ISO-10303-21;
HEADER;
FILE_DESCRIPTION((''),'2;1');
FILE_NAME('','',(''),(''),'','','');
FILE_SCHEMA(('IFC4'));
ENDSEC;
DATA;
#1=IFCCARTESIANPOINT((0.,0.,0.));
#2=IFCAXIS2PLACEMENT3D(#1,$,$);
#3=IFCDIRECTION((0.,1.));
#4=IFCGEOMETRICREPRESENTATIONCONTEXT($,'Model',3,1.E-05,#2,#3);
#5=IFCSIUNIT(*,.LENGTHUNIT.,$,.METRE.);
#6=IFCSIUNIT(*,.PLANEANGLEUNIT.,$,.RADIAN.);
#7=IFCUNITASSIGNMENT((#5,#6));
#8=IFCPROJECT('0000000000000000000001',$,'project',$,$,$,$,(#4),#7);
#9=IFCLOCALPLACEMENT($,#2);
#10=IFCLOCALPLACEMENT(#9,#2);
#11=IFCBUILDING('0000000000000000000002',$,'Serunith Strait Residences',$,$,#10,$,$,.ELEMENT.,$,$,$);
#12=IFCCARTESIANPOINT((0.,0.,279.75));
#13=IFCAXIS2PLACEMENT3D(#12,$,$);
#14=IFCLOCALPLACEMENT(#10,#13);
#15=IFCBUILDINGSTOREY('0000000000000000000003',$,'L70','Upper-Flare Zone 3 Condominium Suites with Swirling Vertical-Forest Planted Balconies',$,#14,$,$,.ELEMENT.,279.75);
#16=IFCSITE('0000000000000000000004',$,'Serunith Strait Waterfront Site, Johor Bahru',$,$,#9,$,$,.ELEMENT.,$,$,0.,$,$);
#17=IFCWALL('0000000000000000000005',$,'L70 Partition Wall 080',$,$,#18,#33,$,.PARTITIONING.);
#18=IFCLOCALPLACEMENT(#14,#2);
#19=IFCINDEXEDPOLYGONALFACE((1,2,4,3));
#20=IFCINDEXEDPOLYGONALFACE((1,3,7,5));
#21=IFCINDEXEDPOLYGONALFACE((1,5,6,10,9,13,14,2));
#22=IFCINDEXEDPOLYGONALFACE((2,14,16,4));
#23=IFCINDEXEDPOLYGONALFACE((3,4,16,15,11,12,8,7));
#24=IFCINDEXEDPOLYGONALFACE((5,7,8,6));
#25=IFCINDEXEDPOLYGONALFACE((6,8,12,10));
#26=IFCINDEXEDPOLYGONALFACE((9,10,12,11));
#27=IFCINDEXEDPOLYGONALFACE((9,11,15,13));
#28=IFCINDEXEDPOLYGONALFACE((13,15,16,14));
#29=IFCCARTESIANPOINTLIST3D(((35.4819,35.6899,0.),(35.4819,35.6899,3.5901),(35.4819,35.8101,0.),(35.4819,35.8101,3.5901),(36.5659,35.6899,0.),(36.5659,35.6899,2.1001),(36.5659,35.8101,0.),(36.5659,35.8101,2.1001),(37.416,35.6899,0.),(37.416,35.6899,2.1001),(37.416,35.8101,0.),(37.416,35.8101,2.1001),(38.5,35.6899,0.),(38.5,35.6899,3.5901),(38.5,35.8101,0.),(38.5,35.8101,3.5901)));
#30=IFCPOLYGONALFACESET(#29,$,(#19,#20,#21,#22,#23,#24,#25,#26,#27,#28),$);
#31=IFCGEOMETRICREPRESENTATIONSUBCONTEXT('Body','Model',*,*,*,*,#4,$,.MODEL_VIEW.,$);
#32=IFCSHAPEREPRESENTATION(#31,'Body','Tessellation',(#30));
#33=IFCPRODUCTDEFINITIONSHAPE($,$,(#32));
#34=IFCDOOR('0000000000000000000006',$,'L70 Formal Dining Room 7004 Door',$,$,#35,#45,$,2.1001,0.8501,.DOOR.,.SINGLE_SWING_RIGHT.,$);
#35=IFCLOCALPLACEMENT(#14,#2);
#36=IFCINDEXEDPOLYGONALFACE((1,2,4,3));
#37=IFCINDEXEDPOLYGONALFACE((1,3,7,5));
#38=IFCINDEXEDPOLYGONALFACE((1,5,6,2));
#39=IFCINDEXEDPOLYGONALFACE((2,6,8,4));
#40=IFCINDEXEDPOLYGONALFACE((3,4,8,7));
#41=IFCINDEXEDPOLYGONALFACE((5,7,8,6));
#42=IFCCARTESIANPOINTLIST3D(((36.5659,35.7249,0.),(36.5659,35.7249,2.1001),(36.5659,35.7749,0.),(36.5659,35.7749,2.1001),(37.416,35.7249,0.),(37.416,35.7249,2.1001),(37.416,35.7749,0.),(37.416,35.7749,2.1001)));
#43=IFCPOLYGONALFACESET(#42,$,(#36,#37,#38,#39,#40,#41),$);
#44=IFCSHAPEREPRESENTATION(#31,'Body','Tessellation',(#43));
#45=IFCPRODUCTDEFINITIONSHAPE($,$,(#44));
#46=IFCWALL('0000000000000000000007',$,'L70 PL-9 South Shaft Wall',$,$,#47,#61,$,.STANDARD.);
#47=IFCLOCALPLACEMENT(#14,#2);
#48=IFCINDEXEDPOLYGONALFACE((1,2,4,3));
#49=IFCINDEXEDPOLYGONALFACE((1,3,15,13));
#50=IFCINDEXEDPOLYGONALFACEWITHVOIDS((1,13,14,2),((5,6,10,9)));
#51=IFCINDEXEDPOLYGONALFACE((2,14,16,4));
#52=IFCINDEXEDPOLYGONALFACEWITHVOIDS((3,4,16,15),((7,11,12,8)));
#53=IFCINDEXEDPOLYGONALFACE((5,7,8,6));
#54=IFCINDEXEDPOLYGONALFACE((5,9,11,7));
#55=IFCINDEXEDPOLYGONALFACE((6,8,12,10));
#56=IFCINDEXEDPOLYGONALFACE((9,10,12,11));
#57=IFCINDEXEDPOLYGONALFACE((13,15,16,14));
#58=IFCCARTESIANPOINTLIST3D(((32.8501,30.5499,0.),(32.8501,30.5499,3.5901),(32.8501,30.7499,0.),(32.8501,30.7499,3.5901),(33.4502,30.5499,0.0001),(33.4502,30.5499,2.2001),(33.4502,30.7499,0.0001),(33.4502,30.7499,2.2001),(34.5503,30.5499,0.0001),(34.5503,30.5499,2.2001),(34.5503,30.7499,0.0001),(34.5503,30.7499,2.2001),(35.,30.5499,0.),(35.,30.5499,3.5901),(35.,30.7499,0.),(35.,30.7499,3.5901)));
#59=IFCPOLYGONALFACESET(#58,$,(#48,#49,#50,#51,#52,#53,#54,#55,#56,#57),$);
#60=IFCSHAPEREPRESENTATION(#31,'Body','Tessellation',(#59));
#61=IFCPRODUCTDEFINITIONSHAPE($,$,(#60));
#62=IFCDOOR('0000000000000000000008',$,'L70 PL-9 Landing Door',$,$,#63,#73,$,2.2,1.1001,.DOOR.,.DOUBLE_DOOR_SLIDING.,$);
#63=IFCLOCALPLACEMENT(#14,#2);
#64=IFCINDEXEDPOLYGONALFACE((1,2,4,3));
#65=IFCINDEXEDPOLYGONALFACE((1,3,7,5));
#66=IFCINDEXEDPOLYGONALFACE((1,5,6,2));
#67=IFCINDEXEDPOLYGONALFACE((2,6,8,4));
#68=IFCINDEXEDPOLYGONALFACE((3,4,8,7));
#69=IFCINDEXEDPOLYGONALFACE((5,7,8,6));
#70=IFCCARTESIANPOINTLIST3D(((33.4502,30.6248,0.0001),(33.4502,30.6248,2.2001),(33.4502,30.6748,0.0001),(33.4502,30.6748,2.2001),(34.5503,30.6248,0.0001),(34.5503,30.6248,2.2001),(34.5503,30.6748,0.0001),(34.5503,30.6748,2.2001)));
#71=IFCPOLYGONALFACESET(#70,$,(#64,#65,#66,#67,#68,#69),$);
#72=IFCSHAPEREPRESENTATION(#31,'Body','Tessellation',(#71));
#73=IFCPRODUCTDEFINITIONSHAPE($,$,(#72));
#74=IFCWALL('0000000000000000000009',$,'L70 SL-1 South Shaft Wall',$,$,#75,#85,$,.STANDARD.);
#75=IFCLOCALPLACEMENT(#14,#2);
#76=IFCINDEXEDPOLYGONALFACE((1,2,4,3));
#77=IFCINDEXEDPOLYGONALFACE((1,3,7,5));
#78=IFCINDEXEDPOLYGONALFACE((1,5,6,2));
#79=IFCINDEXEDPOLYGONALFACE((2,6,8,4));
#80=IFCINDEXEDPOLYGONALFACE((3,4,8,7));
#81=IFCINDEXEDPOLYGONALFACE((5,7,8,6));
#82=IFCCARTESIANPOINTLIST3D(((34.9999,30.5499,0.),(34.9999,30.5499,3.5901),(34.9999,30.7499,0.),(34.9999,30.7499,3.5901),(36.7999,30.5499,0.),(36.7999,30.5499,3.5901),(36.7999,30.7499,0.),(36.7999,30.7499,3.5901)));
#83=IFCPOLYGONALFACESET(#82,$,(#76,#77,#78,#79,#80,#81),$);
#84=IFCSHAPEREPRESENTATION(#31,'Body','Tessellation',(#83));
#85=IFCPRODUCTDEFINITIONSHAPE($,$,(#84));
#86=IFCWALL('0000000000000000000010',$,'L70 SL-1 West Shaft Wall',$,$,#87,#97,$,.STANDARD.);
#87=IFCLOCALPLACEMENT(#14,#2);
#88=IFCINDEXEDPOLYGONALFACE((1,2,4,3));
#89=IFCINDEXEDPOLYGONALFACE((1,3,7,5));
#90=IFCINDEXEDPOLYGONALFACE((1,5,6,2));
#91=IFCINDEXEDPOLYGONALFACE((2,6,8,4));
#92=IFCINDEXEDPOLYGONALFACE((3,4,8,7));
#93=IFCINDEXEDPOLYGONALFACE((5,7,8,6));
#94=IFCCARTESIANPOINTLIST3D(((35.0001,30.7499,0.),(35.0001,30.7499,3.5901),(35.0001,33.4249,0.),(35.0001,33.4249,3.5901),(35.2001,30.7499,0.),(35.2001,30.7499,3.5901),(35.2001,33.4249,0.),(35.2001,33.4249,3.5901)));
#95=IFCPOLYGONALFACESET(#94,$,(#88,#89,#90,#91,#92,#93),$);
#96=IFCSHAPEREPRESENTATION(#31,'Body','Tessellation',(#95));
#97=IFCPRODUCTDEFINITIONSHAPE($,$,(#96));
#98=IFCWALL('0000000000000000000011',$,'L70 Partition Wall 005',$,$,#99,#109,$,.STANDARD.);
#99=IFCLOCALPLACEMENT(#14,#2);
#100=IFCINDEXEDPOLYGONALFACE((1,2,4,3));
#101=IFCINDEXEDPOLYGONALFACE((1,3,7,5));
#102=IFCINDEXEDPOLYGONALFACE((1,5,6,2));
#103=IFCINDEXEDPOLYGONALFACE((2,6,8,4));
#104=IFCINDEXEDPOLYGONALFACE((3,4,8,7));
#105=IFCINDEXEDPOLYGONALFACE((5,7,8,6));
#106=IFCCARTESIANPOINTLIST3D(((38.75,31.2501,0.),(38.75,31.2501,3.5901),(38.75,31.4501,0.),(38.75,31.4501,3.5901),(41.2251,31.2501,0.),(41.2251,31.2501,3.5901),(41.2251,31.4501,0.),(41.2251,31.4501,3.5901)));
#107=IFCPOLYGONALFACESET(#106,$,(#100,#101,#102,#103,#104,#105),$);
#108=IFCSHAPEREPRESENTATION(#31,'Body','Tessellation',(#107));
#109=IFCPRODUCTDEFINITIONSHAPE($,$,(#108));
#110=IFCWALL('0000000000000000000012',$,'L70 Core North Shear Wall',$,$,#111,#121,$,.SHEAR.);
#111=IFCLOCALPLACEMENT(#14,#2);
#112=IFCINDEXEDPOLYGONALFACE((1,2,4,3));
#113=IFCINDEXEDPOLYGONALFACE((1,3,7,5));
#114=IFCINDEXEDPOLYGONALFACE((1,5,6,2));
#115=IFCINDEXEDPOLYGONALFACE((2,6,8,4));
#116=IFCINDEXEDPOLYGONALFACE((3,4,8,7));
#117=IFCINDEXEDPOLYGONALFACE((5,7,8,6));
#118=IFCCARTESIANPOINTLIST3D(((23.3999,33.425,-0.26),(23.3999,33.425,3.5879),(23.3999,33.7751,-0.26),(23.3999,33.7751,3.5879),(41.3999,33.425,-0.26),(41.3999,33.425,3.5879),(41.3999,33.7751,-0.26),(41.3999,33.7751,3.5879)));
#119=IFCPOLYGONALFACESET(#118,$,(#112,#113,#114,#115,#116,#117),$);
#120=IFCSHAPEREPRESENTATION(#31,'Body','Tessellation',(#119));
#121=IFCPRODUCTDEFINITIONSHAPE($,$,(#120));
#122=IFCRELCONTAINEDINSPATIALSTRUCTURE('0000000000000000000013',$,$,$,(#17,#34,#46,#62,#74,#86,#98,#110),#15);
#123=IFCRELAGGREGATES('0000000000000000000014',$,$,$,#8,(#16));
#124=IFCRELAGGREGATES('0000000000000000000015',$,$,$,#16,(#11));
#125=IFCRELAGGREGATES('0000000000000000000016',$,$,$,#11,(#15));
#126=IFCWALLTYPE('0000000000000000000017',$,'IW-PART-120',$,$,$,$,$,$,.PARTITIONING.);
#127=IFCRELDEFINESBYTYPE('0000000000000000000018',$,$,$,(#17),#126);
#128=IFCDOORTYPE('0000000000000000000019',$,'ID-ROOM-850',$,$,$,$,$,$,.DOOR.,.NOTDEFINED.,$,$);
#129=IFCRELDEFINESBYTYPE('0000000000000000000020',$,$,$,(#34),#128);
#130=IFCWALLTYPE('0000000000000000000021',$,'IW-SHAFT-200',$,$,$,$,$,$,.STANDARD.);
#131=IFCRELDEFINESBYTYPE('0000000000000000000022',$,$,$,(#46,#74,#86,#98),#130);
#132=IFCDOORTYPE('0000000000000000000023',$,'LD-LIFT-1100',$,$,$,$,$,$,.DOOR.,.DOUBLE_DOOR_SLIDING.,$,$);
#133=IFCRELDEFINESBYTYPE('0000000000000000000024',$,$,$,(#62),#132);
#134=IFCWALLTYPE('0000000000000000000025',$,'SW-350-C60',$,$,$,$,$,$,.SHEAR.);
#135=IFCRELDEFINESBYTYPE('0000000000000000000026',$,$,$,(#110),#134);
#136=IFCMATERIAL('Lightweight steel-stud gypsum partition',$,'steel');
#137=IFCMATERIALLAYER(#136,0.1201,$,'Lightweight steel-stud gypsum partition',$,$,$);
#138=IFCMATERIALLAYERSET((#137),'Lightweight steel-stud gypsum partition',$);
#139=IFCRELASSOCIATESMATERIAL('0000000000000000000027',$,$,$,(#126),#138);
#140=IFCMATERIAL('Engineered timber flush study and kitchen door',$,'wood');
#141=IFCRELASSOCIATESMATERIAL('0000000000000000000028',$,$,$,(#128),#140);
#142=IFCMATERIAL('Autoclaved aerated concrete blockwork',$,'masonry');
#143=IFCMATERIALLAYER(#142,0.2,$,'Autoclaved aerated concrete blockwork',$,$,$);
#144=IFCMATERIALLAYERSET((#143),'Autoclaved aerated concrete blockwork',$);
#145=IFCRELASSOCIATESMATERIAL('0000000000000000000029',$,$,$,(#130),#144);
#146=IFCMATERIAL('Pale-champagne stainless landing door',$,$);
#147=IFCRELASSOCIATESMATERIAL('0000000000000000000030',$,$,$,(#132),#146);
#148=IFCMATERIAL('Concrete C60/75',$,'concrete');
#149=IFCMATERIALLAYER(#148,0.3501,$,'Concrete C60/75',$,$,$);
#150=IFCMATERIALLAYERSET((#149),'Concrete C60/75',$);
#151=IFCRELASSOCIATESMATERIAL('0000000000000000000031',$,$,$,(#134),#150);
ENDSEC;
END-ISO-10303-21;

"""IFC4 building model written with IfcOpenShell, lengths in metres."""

from ifc_helpers import new_model, si_unit, direction, frame, frame_2d, origin, place, context, subcontext, project, spatial, rectangle, extrude, source, transform, mapped, material, layer, layer_set, type_object, element, fill, save


model = new_model("IFC4")

# Units and contexts
model_context = context("Model", 3, precision=1e-05, world=origin(), true_north=direction((0.0, 1.0)))
body_context = subcontext(model_context, "Body", "Model", "MODEL_VIEW")
ifc_project = project(units=[si_unit("LENGTHUNIT", "METRE"), si_unit("PLANEANGLEUNIT", "RADIAN")], contexts=[model_context])

# Site, building, storey
site_placement = place(None, origin())
site = spatial("IfcSite", under=ifc_project, at=site_placement, Name="Serunith Strait Waterfront Site, Johor Bahru", CompositionType="ELEMENT", RefElevation=0.0)
building_placement = place(site_placement, origin())
building = spatial("IfcBuilding", under=site, at=building_placement, Name="Serunith Strait Residences", CompositionType="ELEMENT")
storey_placement = place(building_placement, frame((0.0, 0.0, 279.75)))
storey = spatial("IfcBuildingStorey", under=building, at=storey_placement, Name="L70", Description="Upper-Flare Zone 3 Condominium Suites with Swirling Vertical-Forest Planted Balconies", CompositionType="ELEMENT", Elevation=279.75)

# Walls, openings, doors
shared_shape_1 = source(origin(), body_context, "Body", "SweptSolid", [
    extrude(rectangle(XDim=0.8501, YDim=2.1001, at=frame_2d((0.425, 1.05))), frame((0.0, 0.0249, 0.0), z_axis=(0.0, -1.0, 0.0), x_axis=(1.0, 0.0, 0.0)), (0.0, 0.0, 1.0), 0.05),
])
ifc_material_1 = material(Name="Lightweight steel-stud gypsum partition", Category="steel")
ifc_layer_1 = layer(ifc_material_1, 0.1201, Name="Lightweight steel-stud gypsum partition")
ifc_layer_set_1 = layer_set([ifc_layer_1], Name="Lightweight steel-stud gypsum partition")
wall_type_1 = type_object("IfcWallType", Name="IW-PART-120", PredefinedType="PARTITIONING", material=ifc_layer_set_1)
wall_1_placement = place(storey_placement, frame((35.4819, 35.75, 0.0), z_axis=(0.0, 0.0, 1.0), x_axis=(1.0, 0.0, 0.0)))
wall_1 = element("IfcWall", 1, at=wall_1_placement, inside=storey, type_object=wall_type_1, Name="L70 Partition Wall 080", PredefinedType="PARTITIONING", context=body_context, shape_type="SweptSolid", body=[
    extrude(rectangle(XDim=3.0181, YDim=0.1201, at=frame_2d((1.509, 0.0))), origin(), (0.0, 0.0, 1.0), 3.5901),
])
opening_1_placement = place(wall_1_placement, frame((1.084, 0.0, 0.0)))
opening_1 = element("IfcOpeningElement", 2, at=opening_1_placement, cuts=wall_1, PredefinedType="OPENING", context=body_context, shape_type="SweptSolid", body=[
    extrude(rectangle(XDim=0.8501, YDim=2.1001, at=frame_2d((0.425, 1.05))), frame((0.0, 0.0701, 0.0), z_axis=(0.0, -1.0, 0.0), x_axis=(1.0, 0.0, 0.0)), (0.0, 0.0, 1.0), 0.1401),
])
ifc_material_2 = material(Name="Engineered timber flush study and kitchen door", Category="wood")
door_type_1 = type_object("IfcDoorType", Name="ID-ROOM-850", OperationType="NOTDEFINED", PredefinedType="DOOR", material=ifc_material_2)
door_1_placement = place(opening_1_placement, origin())
door_1 = element("IfcDoor", 3, at=door_1_placement, inside=storey, type_object=door_type_1, Name="L70 Formal Dining Room 7004 Door", OperationType="SINGLE_SWING_RIGHT", OverallHeight=2.1001, OverallWidth=0.8501, PredefinedType="DOOR", context=body_context, shape_type="MappedRepresentation", body=[
    mapped(shared_shape_1, transform((0.0, 0.0, 0.0), scale=1.0)),
])
fill(opening_1, door_1)
ifc_material_3 = material(Name="Autoclaved aerated concrete blockwork", Category="masonry")
ifc_layer_2 = layer(ifc_material_3, 0.2, Name="Autoclaved aerated concrete blockwork")
ifc_layer_set_2 = layer_set([ifc_layer_2], Name="Autoclaved aerated concrete blockwork")
wall_type_2 = type_object("IfcWallType", Name="IW-SHAFT-200", PredefinedType="STANDARD", material=ifc_layer_set_2)
wall_2_placement = place(storey_placement, frame((32.8501, 30.6499, 0.0), z_axis=(0.0, 0.0, 1.0), x_axis=(1.0, 0.0, 0.0)))
wall_2 = element("IfcWall", 4, at=wall_2_placement, inside=storey, type_object=wall_type_2, Name="L70 PL-9 South Shaft Wall", PredefinedType="STANDARD", context=body_context, shape_type="SweptSolid", body=[
    extrude(rectangle(XDim=2.1499, YDim=0.2, at=frame_2d((1.075, 0.0))), origin(), (0.0, 0.0, 1.0), 3.5901),
])
opening_2_placement = place(wall_2_placement, frame((0.6001, 0.0, 0.0)))
opening_2 = element("IfcOpeningElement", 5, at=opening_2_placement, cuts=wall_2, PredefinedType="OPENING", context=body_context, shape_type="SweptSolid", body=[
    extrude(rectangle(XDim=1.1001, YDim=2.2, at=frame_2d((0.55, 1.1001))), frame((0.0, 0.1099, 0.0), z_axis=(0.0, -1.0, 0.0), x_axis=(1.0, 0.0, 0.0)), (0.0, 0.0, 1.0), 0.22),
])
ifc_material_4 = material(Name="Pale-champagne stainless landing door")
door_type_2 = type_object("IfcDoorType", Name="LD-LIFT-1100", OperationType="DOUBLE_DOOR_SLIDING", PredefinedType="DOOR", material=ifc_material_4)
shared_shape_2 = source(origin(), body_context, "Body", "SweptSolid", [
    extrude(rectangle(XDim=1.1001, YDim=2.2, at=frame_2d((0.55, 1.1001))), frame((0.0, 0.0249, 0.0), z_axis=(0.0, -1.0, 0.0), x_axis=(1.0, 0.0, 0.0)), (0.0, 0.0, 1.0), 0.05),
])
door_2_placement = place(opening_2_placement, origin())
door_2 = element("IfcDoor", 6, at=door_2_placement, inside=storey, type_object=door_type_2, Name="L70 PL-9 Landing Door", OperationType="DOUBLE_DOOR_SLIDING", OverallHeight=2.2, OverallWidth=1.1001, PredefinedType="DOOR", context=body_context, shape_type="MappedRepresentation", body=[
    mapped(shared_shape_2, transform((0.0, 0.0, 0.0), scale=1.0)),
])
fill(opening_2, door_2)

# Walls
wall_3_placement = place(storey_placement, frame((35.0, 30.6499, 0.0), z_axis=(0.0, 0.0, 1.0), x_axis=(1.0, 0.0, 0.0)))
element("IfcWall", 7, at=wall_3_placement, inside=storey, type_object=wall_type_2, Name="L70 SL-1 South Shaft Wall", PredefinedType="STANDARD", context=body_context, shape_type="SweptSolid", body=[
    extrude(rectangle(XDim=1.8, YDim=0.2, at=frame_2d((0.8999, 0.0))), origin(), (0.0, 0.0, 1.0), 3.5901),
])
wall_4_placement = place(storey_placement, frame((35.1001, 30.75, 0.0), z_axis=(0.0, 0.0, 1.0), x_axis=(0.0, 1.0, 0.0)))
element("IfcWall", 8, at=wall_4_placement, inside=storey, type_object=wall_type_2, Name="L70 SL-1 West Shaft Wall", PredefinedType="STANDARD", context=body_context, shape_type="SweptSolid", body=[
    extrude(rectangle(XDim=2.675, YDim=0.2, at=frame_2d((1.3374, 0.0))), origin(), (0.0, 0.0, 1.0), 3.5901),
])
wall_5_placement = place(storey_placement, frame((38.75, 31.3501, 0.0), z_axis=(0.0, 0.0, 1.0), x_axis=(1.0, 0.0, 0.0)))
element("IfcWall", 9, at=wall_5_placement, inside=storey, type_object=wall_type_2, Name="L70 Partition Wall 005", PredefinedType="STANDARD", context=body_context, shape_type="SweptSolid", body=[
    extrude(rectangle(XDim=2.4751, YDim=0.2, at=frame_2d((1.2375, 0.0))), origin(), (0.0, 0.0, 1.0), 3.5901),
])
ifc_material_5 = material(Name="Concrete C60/75", Category="concrete")
ifc_layer_3 = layer(ifc_material_5, 0.3501, Name="Concrete C60/75")
ifc_layer_set_3 = layer_set([ifc_layer_3], Name="Concrete C60/75")
wall_type_3 = type_object("IfcWallType", Name="SW-350-C60", PredefinedType="SHEAR", material=ifc_layer_set_3)
wall_6_placement = place(storey_placement, frame((41.3999, 33.6001, -0.26), z_axis=(0.0, 0.0, 1.0), x_axis=(-1.0, 0.0, 0.0)))
element("IfcWall", 10, at=wall_6_placement, inside=storey, type_object=wall_type_3, Name="L70 Core North Shear Wall", PredefinedType="SHEAR", context=body_context, shape_type="SweptSolid", body=[
    extrude(rectangle(XDim=18.0, YDim=0.3501, at=frame_2d((9.0, 0.0))), origin(), (0.0, 0.0, 1.0), 3.8479),
])

save(model, "model.ifc")
